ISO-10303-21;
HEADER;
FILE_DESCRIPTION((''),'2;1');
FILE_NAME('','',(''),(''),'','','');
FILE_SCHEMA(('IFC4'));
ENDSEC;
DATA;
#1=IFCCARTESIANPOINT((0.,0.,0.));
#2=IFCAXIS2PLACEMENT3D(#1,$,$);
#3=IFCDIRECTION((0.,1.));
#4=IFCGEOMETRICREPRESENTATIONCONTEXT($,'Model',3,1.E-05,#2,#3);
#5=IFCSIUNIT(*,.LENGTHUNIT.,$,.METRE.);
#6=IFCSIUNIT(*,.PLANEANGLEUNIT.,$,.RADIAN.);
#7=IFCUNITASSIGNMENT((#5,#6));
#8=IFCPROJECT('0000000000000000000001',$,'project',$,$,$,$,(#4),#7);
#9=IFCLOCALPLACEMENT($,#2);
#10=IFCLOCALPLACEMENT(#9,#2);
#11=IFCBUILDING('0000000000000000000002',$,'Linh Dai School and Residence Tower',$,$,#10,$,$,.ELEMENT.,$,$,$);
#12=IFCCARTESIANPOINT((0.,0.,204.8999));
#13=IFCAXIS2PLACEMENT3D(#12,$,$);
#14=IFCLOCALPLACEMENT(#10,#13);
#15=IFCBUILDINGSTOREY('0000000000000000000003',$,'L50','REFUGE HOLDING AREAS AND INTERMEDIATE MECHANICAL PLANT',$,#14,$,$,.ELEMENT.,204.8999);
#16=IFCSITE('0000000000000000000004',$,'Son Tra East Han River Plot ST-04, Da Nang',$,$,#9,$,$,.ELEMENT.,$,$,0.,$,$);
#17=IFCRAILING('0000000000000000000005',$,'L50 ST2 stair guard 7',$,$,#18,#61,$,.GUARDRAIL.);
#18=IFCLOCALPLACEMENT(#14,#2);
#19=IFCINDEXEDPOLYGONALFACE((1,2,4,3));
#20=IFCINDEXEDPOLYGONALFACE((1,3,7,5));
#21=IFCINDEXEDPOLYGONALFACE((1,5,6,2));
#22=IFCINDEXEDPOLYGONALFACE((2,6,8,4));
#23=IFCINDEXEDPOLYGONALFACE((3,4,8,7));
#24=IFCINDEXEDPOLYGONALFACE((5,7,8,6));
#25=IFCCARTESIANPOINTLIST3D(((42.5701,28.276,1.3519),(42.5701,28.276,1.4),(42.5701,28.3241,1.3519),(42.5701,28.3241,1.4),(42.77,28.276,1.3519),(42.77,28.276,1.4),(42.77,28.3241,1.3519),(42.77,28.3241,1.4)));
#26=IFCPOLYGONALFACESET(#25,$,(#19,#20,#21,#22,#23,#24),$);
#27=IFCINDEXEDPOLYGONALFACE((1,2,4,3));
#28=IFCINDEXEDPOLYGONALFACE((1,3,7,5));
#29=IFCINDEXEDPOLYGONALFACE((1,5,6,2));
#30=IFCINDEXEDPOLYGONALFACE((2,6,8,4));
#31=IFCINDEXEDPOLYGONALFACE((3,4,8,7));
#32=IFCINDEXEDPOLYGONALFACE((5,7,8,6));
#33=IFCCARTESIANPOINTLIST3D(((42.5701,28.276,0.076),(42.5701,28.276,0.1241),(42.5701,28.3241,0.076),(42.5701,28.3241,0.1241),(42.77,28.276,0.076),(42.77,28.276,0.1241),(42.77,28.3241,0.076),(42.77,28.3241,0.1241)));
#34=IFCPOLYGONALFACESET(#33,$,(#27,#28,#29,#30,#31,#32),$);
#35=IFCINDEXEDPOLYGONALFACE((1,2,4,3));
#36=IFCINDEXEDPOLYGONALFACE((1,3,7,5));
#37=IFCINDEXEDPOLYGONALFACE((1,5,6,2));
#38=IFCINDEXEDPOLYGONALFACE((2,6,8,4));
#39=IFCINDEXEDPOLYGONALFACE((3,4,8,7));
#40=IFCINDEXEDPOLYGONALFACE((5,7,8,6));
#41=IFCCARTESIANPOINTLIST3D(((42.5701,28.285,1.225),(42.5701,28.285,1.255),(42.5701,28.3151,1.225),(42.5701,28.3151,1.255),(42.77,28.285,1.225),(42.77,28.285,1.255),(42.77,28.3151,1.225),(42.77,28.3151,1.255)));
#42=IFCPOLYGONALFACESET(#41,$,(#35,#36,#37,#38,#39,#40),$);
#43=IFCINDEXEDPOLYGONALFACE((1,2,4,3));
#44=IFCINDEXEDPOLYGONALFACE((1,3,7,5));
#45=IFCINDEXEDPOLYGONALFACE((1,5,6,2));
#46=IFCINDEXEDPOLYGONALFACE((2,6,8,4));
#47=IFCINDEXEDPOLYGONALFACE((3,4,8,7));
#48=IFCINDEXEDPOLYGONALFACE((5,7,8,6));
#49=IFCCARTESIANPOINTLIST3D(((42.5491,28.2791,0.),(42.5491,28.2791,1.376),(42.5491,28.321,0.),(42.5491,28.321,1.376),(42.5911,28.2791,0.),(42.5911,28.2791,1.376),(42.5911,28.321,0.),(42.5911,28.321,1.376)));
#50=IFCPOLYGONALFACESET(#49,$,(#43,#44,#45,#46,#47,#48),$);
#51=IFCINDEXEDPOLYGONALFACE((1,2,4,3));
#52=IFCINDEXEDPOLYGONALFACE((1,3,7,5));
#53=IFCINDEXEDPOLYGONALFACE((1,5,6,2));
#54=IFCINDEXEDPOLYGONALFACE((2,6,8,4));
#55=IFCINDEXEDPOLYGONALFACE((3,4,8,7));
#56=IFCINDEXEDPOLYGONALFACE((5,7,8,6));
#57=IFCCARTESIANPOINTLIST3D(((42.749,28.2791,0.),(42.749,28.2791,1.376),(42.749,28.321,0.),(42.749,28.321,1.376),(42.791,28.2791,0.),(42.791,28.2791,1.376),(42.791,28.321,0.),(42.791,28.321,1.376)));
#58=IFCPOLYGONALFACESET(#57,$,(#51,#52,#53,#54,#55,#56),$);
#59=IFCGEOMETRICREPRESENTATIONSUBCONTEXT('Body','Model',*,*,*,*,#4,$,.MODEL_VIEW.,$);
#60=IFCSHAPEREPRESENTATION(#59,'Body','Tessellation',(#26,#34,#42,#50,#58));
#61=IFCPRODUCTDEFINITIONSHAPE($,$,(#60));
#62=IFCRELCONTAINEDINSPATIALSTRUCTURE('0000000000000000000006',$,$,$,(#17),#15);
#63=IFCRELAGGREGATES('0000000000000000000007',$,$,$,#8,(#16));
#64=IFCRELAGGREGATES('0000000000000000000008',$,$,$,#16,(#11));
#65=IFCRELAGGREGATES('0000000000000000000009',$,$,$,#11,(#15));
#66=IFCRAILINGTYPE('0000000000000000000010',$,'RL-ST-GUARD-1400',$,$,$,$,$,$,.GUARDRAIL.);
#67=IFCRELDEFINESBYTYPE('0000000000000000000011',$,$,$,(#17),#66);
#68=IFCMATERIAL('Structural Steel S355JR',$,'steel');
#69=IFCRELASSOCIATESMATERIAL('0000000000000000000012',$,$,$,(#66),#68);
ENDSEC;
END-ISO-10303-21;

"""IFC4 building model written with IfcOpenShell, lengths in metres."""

from ifc_helpers import new_model, si_unit, direction, frame, origin, origin_2d, place, context, subcontext, project, spatial, rectangle, extrude, source, transform, mapped, material, type_object, element, save


model = new_model("IFC4")

# Units and contexts
model_context = context("Model", 3, precision=1e-05, world=origin(), true_north=direction((0.0, 1.0)))
body_context = subcontext(model_context, "Body", "Model", "MODEL_VIEW")
ifc_project = project(units=[si_unit("LENGTHUNIT", "METRE"), si_unit("PLANEANGLEUNIT", "RADIAN")], contexts=[model_context])

# Site, building, storey
site_placement = place(None, origin())
site = spatial("IfcSite", under=ifc_project, at=site_placement, Name="Son Tra East Han River Plot ST-04, Da Nang", CompositionType="ELEMENT", RefElevation=0.0)
building_placement = place(site_placement, origin())
building = spatial("IfcBuilding", under=site, at=building_placement, Name="Linh Dai School and Residence Tower", CompositionType="ELEMENT")
storey_placement = place(building_placement, frame((0.0, 0.0, 204.8999)))
storey = spatial("IfcBuildingStorey", under=building, at=storey_placement, Name="L50", Description="REFUGE HOLDING AREAS AND INTERMEDIATE MECHANICAL PLANT", CompositionType="ELEMENT", Elevation=204.8999)

# Shared definitions
ifc_material_1 = material(Name="Structural Steel S355JR", Category="steel")

# Railing
railing_type_1 = type_object("IfcRailingType", Name="RL-ST-GUARD-1400", PredefinedType="GUARDRAIL", material=ifc_material_1)
shared_shape_1 = source(origin(), body_context, "Body", "SweptSolid", [
    extrude(rectangle(XDim=0.0481, YDim=0.0481, at=origin_2d()), frame((0.0, 0.0, 1.376), z_axis=(1.0, 0.0, 0.0), x_axis=(0.0, 1.0, 0.0)), (0.0, 0.0, 1.0), 0.2),
    extrude(rectangle(XDim=0.0481, YDim=0.0481, at=origin_2d()), frame((0.0, 0.0, 0.1001), z_axis=(1.0, 0.0, 0.0), x_axis=(0.0, 1.0, 0.0)), (0.0, 0.0, 1.0), 0.2),
    extrude(rectangle(XDim=0.03, YDim=0.03, at=origin_2d()), frame((0.0, 0.0, 1.24), z_axis=(1.0, 0.0, 0.0), x_axis=(0.0, 1.0, 0.0)), (0.0, 0.0, 1.0), 0.2),
    extrude(rectangle(XDim=0.042, YDim=0.042, at=origin_2d()), origin(), (0.0, 0.0, 1.0), 1.376),
    extrude(rectangle(XDim=0.042, YDim=0.042, at=origin_2d()), frame((0.2, 0.0, 0.0)), (0.0, 0.0, 1.0), 1.376),
])
railing_1_placement = place(storey_placement, frame((42.5701, 28.3, 0.0)))
element("IfcRailing", 1, at=railing_1_placement, inside=storey, type_object=railing_type_1, Name="L50 ST2 stair guard 7", PredefinedType="GUARDRAIL", context=body_context, shape_type="MappedRepresentation", body=[
    mapped(shared_shape_1, transform((0.0, 0.0, 0.0), x_axis=(1.0, 0.0, 0.0), y_axis=(0.0, 1.0, 0.0), z_axis=(0.0, 0.0, 1.0), scale=1.0)),
])

save(model, "model.ifc")
